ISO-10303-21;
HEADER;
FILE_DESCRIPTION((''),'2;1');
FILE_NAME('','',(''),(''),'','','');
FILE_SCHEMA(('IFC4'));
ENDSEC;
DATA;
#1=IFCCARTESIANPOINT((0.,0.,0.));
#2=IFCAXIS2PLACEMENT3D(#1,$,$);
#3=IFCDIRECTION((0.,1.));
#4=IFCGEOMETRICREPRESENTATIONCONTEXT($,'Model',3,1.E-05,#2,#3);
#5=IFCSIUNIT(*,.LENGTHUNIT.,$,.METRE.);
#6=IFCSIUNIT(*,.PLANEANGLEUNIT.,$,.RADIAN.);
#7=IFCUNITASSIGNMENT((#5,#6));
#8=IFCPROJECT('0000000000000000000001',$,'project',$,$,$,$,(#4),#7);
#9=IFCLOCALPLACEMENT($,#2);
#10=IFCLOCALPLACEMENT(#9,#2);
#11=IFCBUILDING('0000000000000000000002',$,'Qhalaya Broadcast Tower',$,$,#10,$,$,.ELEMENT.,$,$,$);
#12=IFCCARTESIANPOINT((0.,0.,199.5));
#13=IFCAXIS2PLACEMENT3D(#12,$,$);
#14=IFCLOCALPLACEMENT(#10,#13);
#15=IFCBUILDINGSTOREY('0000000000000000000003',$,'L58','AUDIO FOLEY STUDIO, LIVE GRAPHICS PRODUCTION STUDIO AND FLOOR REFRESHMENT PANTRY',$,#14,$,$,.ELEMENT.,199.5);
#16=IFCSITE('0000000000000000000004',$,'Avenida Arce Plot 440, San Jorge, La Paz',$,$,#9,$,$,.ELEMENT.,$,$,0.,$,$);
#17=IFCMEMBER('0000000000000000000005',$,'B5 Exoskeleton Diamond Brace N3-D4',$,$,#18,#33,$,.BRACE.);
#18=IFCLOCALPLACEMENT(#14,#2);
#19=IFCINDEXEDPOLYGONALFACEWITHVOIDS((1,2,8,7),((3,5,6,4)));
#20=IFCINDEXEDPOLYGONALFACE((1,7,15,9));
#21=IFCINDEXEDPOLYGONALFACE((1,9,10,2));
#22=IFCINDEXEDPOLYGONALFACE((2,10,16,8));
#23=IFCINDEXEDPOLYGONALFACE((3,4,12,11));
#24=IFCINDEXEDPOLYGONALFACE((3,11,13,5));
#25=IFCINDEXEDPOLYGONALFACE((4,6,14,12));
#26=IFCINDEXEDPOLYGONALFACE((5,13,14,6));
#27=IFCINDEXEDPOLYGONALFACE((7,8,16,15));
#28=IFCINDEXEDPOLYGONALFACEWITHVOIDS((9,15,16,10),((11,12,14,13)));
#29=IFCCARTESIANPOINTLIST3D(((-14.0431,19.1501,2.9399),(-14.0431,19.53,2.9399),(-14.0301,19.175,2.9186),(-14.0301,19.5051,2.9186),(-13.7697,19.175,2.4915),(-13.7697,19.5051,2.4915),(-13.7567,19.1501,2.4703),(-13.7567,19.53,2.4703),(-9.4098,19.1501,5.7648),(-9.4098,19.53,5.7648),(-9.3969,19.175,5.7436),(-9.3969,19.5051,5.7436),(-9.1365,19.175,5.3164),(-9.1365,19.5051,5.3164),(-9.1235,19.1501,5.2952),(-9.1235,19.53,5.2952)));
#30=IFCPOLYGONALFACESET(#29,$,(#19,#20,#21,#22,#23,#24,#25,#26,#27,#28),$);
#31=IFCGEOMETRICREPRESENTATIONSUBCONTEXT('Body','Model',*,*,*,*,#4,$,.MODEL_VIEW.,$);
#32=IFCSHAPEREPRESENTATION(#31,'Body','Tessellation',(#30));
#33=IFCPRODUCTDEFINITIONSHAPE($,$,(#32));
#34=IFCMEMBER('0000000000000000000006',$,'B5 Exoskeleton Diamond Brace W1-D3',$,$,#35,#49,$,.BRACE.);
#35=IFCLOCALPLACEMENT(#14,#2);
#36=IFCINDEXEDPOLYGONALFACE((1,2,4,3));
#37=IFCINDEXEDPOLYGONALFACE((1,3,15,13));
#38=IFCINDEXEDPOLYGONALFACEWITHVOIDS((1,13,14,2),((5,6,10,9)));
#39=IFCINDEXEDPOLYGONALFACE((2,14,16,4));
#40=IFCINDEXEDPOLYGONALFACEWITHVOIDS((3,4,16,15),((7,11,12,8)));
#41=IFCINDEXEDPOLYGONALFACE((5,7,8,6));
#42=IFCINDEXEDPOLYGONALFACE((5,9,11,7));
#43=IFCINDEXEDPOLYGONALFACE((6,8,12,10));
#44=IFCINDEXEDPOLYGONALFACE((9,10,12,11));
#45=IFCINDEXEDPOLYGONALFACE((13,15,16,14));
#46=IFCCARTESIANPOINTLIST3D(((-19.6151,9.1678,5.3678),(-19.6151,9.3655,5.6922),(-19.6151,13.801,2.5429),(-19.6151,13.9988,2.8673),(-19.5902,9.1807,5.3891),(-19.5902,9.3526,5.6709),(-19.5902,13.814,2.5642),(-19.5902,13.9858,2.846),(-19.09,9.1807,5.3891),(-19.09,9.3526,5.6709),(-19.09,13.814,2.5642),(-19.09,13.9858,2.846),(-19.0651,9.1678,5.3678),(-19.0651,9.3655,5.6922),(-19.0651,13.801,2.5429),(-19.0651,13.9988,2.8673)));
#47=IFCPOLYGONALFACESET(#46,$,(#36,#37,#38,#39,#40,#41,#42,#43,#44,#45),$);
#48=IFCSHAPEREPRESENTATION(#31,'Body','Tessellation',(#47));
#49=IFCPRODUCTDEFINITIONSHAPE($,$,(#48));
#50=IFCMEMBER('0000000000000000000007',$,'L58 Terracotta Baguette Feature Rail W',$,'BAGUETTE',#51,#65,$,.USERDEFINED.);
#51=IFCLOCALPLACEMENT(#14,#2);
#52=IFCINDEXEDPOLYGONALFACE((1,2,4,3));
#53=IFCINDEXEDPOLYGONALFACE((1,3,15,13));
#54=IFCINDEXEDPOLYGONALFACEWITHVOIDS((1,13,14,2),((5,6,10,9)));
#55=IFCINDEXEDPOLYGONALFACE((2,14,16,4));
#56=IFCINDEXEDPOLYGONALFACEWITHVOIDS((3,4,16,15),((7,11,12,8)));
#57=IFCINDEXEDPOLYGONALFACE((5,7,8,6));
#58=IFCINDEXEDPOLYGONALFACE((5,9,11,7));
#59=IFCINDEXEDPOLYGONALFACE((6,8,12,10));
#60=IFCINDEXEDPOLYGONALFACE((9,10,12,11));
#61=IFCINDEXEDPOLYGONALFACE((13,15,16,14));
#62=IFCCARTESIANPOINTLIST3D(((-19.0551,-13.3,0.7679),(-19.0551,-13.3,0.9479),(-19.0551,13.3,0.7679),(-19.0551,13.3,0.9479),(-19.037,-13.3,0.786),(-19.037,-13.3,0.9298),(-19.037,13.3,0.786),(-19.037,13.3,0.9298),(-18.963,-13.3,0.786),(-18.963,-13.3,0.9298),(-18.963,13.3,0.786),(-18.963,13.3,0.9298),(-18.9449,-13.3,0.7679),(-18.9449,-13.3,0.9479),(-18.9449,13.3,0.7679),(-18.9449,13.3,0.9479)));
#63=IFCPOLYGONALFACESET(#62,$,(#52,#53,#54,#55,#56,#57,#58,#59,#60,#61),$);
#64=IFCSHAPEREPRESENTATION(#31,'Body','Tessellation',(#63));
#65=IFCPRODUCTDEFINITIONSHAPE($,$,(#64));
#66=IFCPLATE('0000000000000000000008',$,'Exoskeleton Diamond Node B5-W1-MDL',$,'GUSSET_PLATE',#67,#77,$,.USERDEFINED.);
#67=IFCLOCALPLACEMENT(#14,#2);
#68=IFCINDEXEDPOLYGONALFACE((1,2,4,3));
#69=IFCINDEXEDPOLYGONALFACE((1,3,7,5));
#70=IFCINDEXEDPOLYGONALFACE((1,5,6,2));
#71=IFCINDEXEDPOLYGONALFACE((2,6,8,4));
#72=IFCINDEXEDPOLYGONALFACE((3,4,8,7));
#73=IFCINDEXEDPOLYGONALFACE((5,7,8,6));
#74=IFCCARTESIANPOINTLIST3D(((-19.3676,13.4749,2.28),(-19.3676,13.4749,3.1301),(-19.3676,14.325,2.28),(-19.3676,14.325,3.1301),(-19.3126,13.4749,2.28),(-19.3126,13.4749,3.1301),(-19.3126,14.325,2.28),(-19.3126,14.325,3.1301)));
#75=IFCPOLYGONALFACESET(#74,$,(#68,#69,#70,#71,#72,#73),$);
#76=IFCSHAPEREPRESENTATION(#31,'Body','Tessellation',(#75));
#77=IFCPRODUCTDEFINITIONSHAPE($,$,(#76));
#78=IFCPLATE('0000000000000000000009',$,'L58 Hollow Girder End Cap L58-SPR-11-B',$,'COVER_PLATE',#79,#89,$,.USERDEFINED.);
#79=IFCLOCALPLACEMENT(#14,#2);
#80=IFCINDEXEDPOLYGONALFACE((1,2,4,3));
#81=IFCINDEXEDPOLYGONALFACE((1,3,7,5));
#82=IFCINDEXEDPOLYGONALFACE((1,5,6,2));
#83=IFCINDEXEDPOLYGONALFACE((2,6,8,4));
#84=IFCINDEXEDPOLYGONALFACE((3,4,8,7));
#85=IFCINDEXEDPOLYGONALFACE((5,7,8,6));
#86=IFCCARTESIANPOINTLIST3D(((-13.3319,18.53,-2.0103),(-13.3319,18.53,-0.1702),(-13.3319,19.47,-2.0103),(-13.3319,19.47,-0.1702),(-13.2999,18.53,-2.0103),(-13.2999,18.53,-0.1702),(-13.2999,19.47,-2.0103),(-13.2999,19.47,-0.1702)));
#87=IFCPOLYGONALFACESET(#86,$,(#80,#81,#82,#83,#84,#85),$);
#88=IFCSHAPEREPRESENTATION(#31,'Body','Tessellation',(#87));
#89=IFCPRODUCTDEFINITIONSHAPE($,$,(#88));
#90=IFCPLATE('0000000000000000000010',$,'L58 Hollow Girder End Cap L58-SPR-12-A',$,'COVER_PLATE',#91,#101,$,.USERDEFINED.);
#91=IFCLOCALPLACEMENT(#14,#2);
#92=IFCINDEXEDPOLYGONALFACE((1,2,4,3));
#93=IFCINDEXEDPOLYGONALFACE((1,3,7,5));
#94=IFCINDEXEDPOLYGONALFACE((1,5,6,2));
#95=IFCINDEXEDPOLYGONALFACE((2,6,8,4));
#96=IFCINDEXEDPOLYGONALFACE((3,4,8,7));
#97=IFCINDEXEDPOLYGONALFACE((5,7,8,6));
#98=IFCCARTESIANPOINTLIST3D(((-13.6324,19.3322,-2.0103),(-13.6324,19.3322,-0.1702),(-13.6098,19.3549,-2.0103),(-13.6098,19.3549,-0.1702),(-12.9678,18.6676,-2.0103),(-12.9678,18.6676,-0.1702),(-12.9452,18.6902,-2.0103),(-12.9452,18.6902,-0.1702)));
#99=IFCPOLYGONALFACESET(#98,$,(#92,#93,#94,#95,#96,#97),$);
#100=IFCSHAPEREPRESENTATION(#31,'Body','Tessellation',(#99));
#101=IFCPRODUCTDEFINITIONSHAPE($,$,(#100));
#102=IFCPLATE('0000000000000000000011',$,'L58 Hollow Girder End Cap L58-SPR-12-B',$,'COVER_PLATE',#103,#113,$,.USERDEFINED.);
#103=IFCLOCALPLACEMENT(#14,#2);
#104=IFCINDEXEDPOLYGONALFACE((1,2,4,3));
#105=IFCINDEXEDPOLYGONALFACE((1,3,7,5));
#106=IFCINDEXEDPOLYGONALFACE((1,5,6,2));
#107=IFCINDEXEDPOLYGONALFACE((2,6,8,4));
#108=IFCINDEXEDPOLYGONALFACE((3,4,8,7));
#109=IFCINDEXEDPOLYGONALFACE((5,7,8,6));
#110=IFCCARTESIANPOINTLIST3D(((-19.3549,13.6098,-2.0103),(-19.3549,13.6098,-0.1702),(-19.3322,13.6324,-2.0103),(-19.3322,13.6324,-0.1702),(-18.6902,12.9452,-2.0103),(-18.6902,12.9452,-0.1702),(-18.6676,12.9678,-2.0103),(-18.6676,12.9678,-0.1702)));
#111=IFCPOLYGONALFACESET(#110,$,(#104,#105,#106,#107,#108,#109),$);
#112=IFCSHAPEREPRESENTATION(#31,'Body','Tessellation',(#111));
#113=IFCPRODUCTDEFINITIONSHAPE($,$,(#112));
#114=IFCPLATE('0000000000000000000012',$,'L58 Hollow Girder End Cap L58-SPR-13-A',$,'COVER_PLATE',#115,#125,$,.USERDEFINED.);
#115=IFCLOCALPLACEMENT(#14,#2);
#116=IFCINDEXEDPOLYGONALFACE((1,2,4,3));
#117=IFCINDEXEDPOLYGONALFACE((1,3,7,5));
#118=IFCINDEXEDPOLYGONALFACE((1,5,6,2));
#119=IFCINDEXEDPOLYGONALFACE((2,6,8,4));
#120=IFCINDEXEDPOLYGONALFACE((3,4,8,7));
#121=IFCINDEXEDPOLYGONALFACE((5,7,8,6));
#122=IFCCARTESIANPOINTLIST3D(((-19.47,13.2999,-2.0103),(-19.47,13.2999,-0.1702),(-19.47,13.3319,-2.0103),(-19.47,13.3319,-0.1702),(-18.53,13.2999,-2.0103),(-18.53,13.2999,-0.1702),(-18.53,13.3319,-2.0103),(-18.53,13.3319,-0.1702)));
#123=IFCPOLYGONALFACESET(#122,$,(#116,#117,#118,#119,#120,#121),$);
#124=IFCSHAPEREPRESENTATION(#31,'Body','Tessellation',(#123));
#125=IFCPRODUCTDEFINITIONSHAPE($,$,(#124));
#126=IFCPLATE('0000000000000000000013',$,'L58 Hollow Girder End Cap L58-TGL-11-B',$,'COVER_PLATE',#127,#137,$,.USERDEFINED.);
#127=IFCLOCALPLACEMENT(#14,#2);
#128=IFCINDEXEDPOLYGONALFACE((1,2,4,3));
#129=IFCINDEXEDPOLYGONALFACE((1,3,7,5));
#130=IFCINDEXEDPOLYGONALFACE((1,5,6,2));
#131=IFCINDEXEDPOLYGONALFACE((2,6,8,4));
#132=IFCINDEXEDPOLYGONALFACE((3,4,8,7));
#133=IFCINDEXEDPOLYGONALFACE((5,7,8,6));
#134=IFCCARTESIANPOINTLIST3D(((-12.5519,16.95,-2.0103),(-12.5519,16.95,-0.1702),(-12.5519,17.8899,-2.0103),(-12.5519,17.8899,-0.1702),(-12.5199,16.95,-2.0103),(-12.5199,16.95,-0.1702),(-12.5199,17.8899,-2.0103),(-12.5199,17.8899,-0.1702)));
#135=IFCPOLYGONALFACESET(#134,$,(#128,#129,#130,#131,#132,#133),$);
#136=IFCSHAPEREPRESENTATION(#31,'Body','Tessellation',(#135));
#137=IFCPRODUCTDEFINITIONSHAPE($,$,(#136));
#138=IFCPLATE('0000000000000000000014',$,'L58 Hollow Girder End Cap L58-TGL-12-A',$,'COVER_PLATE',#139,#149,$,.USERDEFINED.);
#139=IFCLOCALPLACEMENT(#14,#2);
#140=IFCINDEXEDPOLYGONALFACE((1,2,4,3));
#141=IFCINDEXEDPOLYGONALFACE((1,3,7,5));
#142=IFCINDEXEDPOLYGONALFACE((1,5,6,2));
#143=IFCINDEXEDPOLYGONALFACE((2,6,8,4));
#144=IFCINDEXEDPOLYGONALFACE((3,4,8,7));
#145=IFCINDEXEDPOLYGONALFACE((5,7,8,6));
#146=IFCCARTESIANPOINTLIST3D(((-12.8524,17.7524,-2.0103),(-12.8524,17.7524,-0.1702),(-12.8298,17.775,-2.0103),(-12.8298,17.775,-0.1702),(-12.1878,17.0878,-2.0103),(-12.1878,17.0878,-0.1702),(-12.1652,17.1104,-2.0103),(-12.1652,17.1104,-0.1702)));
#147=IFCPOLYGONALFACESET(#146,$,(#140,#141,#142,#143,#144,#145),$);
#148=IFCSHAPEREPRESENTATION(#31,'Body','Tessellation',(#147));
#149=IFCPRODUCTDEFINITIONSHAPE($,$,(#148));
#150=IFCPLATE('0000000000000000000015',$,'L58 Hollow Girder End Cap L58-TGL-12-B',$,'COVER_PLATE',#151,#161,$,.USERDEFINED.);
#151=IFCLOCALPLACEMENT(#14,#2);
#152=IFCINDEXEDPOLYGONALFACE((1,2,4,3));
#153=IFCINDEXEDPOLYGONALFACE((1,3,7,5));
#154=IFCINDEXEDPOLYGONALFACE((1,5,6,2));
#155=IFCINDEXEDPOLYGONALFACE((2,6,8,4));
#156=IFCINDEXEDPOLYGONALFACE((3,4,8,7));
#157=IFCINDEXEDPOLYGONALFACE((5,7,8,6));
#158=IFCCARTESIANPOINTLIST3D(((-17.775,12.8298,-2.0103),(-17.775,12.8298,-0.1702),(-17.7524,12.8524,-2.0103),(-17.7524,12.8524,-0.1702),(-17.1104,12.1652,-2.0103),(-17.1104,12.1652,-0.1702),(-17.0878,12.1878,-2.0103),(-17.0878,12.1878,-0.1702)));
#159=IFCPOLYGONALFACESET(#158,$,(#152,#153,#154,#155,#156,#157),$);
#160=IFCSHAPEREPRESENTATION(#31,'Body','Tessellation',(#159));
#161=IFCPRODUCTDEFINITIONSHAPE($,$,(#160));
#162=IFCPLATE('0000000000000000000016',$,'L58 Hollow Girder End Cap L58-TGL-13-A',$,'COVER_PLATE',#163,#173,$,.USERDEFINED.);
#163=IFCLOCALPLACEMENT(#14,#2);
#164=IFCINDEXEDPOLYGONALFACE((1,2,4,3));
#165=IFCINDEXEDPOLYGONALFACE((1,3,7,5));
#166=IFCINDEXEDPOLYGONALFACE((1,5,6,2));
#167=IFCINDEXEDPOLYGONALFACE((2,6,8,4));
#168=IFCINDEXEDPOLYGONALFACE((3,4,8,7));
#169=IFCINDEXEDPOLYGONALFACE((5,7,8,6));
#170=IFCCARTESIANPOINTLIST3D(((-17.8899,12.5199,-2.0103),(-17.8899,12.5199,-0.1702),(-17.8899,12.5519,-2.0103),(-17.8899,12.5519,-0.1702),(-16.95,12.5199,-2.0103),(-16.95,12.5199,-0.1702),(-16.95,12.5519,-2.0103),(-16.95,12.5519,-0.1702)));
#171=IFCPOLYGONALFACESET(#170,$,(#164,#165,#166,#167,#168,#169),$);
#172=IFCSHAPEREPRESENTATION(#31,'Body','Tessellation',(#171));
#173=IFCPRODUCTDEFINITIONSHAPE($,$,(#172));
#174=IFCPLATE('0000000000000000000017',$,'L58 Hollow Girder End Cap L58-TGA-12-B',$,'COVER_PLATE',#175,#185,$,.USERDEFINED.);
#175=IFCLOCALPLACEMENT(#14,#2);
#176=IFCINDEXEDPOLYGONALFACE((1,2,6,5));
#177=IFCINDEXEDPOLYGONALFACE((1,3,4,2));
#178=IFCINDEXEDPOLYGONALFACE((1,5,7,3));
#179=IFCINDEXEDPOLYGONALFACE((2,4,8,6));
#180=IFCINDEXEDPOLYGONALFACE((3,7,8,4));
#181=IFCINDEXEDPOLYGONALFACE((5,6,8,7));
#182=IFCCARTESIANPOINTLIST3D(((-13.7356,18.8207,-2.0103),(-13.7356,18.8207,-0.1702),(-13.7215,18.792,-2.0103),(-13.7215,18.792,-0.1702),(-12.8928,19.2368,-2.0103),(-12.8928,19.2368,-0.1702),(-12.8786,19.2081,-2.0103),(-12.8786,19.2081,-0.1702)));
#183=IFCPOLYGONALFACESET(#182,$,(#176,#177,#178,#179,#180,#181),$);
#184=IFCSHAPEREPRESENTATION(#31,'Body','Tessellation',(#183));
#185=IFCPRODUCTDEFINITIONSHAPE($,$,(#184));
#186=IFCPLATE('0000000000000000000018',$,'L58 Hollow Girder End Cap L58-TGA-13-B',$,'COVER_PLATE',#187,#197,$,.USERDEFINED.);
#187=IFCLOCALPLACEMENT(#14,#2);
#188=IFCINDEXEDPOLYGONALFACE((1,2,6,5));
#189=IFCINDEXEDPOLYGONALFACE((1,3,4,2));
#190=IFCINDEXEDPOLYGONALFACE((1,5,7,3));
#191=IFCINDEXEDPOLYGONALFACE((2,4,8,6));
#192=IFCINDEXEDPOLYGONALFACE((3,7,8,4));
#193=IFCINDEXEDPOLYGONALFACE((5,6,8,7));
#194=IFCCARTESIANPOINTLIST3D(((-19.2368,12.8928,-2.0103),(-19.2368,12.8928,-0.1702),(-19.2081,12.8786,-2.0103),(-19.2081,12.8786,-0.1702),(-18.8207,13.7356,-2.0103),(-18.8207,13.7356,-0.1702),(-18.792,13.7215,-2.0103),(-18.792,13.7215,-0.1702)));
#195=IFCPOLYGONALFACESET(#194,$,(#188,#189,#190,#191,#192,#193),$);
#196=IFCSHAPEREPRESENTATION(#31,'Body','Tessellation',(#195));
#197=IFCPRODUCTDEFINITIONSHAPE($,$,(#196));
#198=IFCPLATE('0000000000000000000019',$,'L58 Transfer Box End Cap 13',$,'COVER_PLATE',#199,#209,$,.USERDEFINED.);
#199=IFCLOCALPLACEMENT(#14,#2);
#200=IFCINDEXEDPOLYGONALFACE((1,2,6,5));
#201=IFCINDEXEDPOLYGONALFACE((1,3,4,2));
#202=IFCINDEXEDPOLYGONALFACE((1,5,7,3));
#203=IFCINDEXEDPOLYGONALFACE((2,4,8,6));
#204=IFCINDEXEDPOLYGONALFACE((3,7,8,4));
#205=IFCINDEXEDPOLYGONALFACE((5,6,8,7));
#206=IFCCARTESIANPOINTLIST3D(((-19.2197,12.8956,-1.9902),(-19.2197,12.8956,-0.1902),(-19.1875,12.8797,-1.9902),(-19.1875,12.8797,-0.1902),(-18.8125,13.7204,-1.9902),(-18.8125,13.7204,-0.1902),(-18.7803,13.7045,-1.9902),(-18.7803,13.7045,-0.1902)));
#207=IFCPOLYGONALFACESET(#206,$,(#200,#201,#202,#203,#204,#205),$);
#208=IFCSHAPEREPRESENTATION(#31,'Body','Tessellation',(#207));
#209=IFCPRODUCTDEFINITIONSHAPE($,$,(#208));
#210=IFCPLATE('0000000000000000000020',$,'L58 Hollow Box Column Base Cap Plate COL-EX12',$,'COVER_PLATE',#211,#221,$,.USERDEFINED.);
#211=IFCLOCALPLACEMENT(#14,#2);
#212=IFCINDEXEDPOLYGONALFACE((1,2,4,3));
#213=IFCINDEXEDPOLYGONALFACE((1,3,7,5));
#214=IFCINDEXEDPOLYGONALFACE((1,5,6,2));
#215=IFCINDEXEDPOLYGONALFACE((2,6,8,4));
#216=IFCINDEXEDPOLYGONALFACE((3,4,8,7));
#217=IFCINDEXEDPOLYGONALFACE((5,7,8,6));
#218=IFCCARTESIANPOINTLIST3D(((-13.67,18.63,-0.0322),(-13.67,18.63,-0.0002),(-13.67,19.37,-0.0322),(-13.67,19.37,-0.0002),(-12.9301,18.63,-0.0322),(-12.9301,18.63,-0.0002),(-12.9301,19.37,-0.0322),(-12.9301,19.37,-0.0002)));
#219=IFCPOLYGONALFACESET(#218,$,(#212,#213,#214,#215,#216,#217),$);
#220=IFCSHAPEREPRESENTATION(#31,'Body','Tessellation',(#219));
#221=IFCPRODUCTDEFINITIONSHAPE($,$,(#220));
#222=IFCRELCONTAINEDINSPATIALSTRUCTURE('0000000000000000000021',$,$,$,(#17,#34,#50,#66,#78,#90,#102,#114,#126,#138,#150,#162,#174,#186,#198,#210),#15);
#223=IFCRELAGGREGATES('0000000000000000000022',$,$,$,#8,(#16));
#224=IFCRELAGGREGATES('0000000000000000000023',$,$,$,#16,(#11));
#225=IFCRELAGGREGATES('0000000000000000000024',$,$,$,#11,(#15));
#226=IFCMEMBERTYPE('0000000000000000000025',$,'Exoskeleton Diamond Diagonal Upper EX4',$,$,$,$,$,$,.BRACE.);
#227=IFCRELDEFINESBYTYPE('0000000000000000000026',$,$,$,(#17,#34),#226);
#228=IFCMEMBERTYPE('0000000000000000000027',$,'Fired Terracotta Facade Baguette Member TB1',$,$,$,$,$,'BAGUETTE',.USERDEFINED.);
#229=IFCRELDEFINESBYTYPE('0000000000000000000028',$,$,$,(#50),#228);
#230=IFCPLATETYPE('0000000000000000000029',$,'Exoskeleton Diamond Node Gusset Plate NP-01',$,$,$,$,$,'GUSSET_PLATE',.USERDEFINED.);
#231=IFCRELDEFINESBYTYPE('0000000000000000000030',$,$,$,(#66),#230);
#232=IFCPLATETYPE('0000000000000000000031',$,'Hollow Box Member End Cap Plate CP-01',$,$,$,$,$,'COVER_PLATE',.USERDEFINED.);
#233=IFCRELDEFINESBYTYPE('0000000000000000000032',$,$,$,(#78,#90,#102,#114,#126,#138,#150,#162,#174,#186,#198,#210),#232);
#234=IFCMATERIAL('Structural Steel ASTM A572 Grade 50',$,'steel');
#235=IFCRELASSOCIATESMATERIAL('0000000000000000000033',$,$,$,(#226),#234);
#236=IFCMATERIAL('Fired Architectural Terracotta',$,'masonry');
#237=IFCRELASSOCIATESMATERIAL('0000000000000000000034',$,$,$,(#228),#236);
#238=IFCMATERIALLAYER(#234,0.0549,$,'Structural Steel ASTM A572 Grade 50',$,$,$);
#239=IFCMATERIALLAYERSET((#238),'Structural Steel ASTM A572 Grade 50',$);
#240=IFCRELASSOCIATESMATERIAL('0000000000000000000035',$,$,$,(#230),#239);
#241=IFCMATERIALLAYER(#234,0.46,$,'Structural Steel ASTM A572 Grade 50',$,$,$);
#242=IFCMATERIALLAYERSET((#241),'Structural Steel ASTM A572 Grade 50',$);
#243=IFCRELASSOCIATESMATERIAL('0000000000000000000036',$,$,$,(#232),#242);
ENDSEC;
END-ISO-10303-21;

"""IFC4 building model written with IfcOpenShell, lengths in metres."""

from ifc_helpers import new_model, si_unit, direction, frame, origin, origin_2d, place, context, subcontext, project, spatial, rectangle, hollow_rectangle, extrude, material, layer, layer_set, material_profile, profile_set, type_object, element, save


model = new_model("IFC4")

# Units and contexts
model_context = context("Model", 3, precision=1e-05, world=origin(), true_north=direction((0.0, 1.0)))
body_context = subcontext(model_context, "Body", "Model", "MODEL_VIEW")
ifc_project = project(units=[si_unit("LENGTHUNIT", "METRE"), si_unit("PLANEANGLEUNIT", "RADIAN")], contexts=[model_context])

# Site, building, storey
site_placement = place(None, origin())
site = spatial("IfcSite", under=ifc_project, at=site_placement, Name="Avenida Arce Plot 440, San Jorge, La Paz", CompositionType="ELEMENT", RefElevation=0.0)
building_placement = place(site_placement, origin())
building = spatial("IfcBuilding", under=site, at=building_placement, Name="Qhalaya Broadcast Tower", CompositionType="ELEMENT")
storey_placement = place(building_placement, frame((0.0, 0.0, 199.5)))
storey = spatial("IfcBuildingStorey", under=building, at=storey_placement, Name="L58", Description="AUDIO FOLEY STUDIO, LIVE GRAPHICS PRODUCTION STUDIO AND FLOOR REFRESHMENT PANTRY", CompositionType="ELEMENT", Elevation=199.5)

# Shared definitions
ifc_material_1 = material(Name="Structural Steel ASTM A572 Grade 50", Category="steel")

# Members
ifc_material_profile_1 = material_profile(ifc_material_1, hollow_rectangle(XDim=0.3799, YDim=0.55, WallThickness=0.0249, at=origin_2d()), Name="BOX 380x550x25")
ifc_profile_set_1 = profile_set([ifc_material_profile_1], Name="Structural Steel ASTM A572 Grade 50")
member_type_1 = type_object("IfcMemberType", Name="Exoskeleton Diamond Diagonal Upper EX4", PredefinedType="BRACE", material=ifc_profile_set_1)
for number, where, z_axis, x_axis, name in (
    (1, (-13.8999, 19.3401, 2.7051), (0.853815, 0.0, 0.520576), (0.0, 1.0, 0.0), "B5 Exoskeleton Diamond Brace N3-D4"),
    (2, (-19.3401, 13.8999, 2.7051), (0.0, -0.853815, 0.520576), (0.0, 0.520576, 0.853815), "B5 Exoskeleton Diamond Brace W1-D3"),
):
    element("IfcMember", number, at=place(storey_placement, frame(where, z_axis=z_axis, x_axis=x_axis)), inside=storey, type_object=member_type_1, Name=name, PredefinedType="BRACE", context=body_context, shape_type="SweptSolid", body=[
        extrude(hollow_rectangle(XDim=0.3799, YDim=0.55, WallThickness=0.0249, at=origin_2d()), origin(), (0.0, 0.0, 1.0), 5.4265),
    ])
ifc_material_2 = material(Name="Fired Architectural Terracotta", Category="masonry")
ifc_material_profile_2 = material_profile(ifc_material_2, hollow_rectangle(XDim=0.1101, YDim=0.1799, WallThickness=0.0181, at=origin_2d()), Name="TB-BAG 110x180x18")
ifc_profile_set_2 = profile_set([ifc_material_profile_2], Name="Fired Architectural Terracotta")
member_type_2 = type_object("IfcMemberType", Name="Fired Terracotta Facade Baguette Member TB1", ElementType="BAGUETTE", PredefinedType="USERDEFINED", material=ifc_profile_set_2)
member_placement = place(storey_placement, frame((-19.0, 13.3, 0.8579), z_axis=(0.0, -1.0, 0.0), x_axis=(1.0, 0.0, 0.0)))
element("IfcMember", 3, at=member_placement, inside=storey, type_object=member_type_2, Name="L58 Terracotta Baguette Feature Rail W", ObjectType="BAGUETTE", PredefinedType="USERDEFINED", context=body_context, shape_type="SweptSolid", body=[
    extrude(hollow_rectangle(XDim=0.1101, YDim=0.1799, WallThickness=0.0181, at=origin_2d()), origin(), (0.0, 0.0, 1.0), 26.6001),
])

# Plates
ifc_layer_1 = layer(ifc_material_1, 0.0549, Name="Structural Steel ASTM A572 Grade 50")
ifc_layer_set_1 = layer_set([ifc_layer_1], Name="Structural Steel ASTM A572 Grade 50")
plate_type_1 = type_object("IfcPlateType", Name="Exoskeleton Diamond Node Gusset Plate NP-01", ElementType="GUSSET_PLATE", PredefinedType="USERDEFINED", material=ifc_layer_set_1)
plate_1_placement = place(storey_placement, frame((-19.3401, 13.8999, 2.28), z_axis=(0.0, 0.0, 1.0), x_axis=(0.0, 1.0, 0.0)))
element("IfcPlate", 4, at=plate_1_placement, inside=storey, type_object=plate_type_1, Name="Exoskeleton Diamond Node B5-W1-MDL", ObjectType="GUSSET_PLATE", PredefinedType="USERDEFINED", context=body_context, shape_type="SweptSolid", body=[
    extrude(rectangle(XDim=0.8501, YDim=0.0549, at=origin_2d()), origin(), (0.0, 0.0, 1.0), 0.8501),
])
ifc_layer_2 = layer(ifc_material_1, 0.46, Name="Structural Steel ASTM A572 Grade 50")
ifc_layer_set_2 = layer_set([ifc_layer_2], Name="Structural Steel ASTM A572 Grade 50")
plate_type_2 = type_object("IfcPlateType", Name="Hollow Box Member End Cap Plate CP-01", ElementType="COVER_PLATE", PredefinedType="USERDEFINED", material=ifc_layer_set_2)
for number, where, z_axis, x_axis, name in (
    (5, (-13.3159, 19.0, -2.0103), (0.0, 0.0, 1.0), (0.0, -1.0, 0.0), "L58 Hollow Girder End Cap L58-SPR-11-B"),
    (6, (-13.2888, 19.0112, -2.0103), (0.0, 0.0, 1.0), (0.707107, -0.707107, 0.0), "L58 Hollow Girder End Cap L58-SPR-12-A"),
    (7, (-19.0112, 13.2888, -2.0103), (0.0, 0.0, 1.0), (0.707107, -0.707107, 0.0), "L58 Hollow Girder End Cap L58-SPR-12-B"),
    (8, (-19.0, 13.3159, -2.0103), (0.0, 0.0, 1.0), (1.0, 0.0, 0.0), "L58 Hollow Girder End Cap L58-SPR-13-A"),
    (9, (-12.5359, 17.4199, -2.0103), (0.0, 0.0, 1.0), (0.0, -1.0, 0.0), "L58 Hollow Girder End Cap L58-TGL-11-B"),
    (10, (-12.5088, 17.4314, -2.0103), (0.0, 0.0, 1.0), (0.707107, -0.707107, 0.0), "L58 Hollow Girder End Cap L58-TGL-12-A"),
    (11, (-17.4314, 12.5088, -2.0103), (0.0, 0.0, 1.0), (0.707107, -0.707107, 0.0), "L58 Hollow Girder End Cap L58-TGL-12-B"),
    (12, (-17.4199, 12.5359, -2.0103), (0.0, 0.0, 1.0), (1.0, 0.0, 0.0), "L58 Hollow Girder End Cap L58-TGL-13-A"),
    (13, (-13.3071, 19.0144, -2.0103), (0.0, 0.0, 1.0), (-0.896687, -0.442664, 0.0), "L58 Hollow Girder End Cap L58-TGA-12-B"),
    (14, (-19.0144, 13.3071, -2.0103), (0.0, 0.0, 1.0), (-0.442664, -0.896687, 0.0), "L58 Hollow Girder End Cap L58-TGA-13-B"),
):
    element("IfcPlate", number, at=place(storey_placement, frame(where, z_axis=z_axis, x_axis=x_axis)), inside=storey, type_object=plate_type_2, Name=name, ObjectType="COVER_PLATE", PredefinedType="USERDEFINED", context=body_context, shape_type="SweptSolid", body=[
        extrude(rectangle(XDim=0.9399, YDim=0.032, at=origin_2d()), origin(), (0.0, 0.0, 1.0), 1.8401),
    ])
plate_2_placement = place(storey_placement, frame((-19.0, 13.3, -1.9902), z_axis=(0.0, 0.0, 1.0), x_axis=(-0.442664, -0.896687, 0.0)))
element("IfcPlate", 15, at=plate_2_placement, inside=storey, type_object=plate_type_2, Name="L58 Transfer Box End Cap 13", ObjectType="COVER_PLATE", PredefinedType="USERDEFINED", context=body_context, shape_type="SweptSolid", body=[
    extrude(rectangle(XDim=0.9199, YDim=0.0359, at=origin_2d()), origin(), (0.0, 0.0, 1.0), 1.8),
])
for number, where, z_axis, x_axis, name in (
    (16, (-13.3, 19.0, -0.0322), (0.0, 0.0, 1.0), (1.0, 0.0, 0.0), "L58 Hollow Box Column Base Cap Plate COL-EX12"),
):
    element("IfcPlate", number, at=place(storey_placement, frame(where, z_axis=z_axis, x_axis=x_axis)), inside=storey, type_object=plate_type_2, Name=name, ObjectType="COVER_PLATE", PredefinedType="USERDEFINED", context=body_context, shape_type="SweptSolid", body=[
        extrude(rectangle(XDim=0.74, YDim=0.74, at=origin_2d()), origin(), (0.0, 0.0, 1.0), 0.032),
    ])

save(model, "model.ifc")
